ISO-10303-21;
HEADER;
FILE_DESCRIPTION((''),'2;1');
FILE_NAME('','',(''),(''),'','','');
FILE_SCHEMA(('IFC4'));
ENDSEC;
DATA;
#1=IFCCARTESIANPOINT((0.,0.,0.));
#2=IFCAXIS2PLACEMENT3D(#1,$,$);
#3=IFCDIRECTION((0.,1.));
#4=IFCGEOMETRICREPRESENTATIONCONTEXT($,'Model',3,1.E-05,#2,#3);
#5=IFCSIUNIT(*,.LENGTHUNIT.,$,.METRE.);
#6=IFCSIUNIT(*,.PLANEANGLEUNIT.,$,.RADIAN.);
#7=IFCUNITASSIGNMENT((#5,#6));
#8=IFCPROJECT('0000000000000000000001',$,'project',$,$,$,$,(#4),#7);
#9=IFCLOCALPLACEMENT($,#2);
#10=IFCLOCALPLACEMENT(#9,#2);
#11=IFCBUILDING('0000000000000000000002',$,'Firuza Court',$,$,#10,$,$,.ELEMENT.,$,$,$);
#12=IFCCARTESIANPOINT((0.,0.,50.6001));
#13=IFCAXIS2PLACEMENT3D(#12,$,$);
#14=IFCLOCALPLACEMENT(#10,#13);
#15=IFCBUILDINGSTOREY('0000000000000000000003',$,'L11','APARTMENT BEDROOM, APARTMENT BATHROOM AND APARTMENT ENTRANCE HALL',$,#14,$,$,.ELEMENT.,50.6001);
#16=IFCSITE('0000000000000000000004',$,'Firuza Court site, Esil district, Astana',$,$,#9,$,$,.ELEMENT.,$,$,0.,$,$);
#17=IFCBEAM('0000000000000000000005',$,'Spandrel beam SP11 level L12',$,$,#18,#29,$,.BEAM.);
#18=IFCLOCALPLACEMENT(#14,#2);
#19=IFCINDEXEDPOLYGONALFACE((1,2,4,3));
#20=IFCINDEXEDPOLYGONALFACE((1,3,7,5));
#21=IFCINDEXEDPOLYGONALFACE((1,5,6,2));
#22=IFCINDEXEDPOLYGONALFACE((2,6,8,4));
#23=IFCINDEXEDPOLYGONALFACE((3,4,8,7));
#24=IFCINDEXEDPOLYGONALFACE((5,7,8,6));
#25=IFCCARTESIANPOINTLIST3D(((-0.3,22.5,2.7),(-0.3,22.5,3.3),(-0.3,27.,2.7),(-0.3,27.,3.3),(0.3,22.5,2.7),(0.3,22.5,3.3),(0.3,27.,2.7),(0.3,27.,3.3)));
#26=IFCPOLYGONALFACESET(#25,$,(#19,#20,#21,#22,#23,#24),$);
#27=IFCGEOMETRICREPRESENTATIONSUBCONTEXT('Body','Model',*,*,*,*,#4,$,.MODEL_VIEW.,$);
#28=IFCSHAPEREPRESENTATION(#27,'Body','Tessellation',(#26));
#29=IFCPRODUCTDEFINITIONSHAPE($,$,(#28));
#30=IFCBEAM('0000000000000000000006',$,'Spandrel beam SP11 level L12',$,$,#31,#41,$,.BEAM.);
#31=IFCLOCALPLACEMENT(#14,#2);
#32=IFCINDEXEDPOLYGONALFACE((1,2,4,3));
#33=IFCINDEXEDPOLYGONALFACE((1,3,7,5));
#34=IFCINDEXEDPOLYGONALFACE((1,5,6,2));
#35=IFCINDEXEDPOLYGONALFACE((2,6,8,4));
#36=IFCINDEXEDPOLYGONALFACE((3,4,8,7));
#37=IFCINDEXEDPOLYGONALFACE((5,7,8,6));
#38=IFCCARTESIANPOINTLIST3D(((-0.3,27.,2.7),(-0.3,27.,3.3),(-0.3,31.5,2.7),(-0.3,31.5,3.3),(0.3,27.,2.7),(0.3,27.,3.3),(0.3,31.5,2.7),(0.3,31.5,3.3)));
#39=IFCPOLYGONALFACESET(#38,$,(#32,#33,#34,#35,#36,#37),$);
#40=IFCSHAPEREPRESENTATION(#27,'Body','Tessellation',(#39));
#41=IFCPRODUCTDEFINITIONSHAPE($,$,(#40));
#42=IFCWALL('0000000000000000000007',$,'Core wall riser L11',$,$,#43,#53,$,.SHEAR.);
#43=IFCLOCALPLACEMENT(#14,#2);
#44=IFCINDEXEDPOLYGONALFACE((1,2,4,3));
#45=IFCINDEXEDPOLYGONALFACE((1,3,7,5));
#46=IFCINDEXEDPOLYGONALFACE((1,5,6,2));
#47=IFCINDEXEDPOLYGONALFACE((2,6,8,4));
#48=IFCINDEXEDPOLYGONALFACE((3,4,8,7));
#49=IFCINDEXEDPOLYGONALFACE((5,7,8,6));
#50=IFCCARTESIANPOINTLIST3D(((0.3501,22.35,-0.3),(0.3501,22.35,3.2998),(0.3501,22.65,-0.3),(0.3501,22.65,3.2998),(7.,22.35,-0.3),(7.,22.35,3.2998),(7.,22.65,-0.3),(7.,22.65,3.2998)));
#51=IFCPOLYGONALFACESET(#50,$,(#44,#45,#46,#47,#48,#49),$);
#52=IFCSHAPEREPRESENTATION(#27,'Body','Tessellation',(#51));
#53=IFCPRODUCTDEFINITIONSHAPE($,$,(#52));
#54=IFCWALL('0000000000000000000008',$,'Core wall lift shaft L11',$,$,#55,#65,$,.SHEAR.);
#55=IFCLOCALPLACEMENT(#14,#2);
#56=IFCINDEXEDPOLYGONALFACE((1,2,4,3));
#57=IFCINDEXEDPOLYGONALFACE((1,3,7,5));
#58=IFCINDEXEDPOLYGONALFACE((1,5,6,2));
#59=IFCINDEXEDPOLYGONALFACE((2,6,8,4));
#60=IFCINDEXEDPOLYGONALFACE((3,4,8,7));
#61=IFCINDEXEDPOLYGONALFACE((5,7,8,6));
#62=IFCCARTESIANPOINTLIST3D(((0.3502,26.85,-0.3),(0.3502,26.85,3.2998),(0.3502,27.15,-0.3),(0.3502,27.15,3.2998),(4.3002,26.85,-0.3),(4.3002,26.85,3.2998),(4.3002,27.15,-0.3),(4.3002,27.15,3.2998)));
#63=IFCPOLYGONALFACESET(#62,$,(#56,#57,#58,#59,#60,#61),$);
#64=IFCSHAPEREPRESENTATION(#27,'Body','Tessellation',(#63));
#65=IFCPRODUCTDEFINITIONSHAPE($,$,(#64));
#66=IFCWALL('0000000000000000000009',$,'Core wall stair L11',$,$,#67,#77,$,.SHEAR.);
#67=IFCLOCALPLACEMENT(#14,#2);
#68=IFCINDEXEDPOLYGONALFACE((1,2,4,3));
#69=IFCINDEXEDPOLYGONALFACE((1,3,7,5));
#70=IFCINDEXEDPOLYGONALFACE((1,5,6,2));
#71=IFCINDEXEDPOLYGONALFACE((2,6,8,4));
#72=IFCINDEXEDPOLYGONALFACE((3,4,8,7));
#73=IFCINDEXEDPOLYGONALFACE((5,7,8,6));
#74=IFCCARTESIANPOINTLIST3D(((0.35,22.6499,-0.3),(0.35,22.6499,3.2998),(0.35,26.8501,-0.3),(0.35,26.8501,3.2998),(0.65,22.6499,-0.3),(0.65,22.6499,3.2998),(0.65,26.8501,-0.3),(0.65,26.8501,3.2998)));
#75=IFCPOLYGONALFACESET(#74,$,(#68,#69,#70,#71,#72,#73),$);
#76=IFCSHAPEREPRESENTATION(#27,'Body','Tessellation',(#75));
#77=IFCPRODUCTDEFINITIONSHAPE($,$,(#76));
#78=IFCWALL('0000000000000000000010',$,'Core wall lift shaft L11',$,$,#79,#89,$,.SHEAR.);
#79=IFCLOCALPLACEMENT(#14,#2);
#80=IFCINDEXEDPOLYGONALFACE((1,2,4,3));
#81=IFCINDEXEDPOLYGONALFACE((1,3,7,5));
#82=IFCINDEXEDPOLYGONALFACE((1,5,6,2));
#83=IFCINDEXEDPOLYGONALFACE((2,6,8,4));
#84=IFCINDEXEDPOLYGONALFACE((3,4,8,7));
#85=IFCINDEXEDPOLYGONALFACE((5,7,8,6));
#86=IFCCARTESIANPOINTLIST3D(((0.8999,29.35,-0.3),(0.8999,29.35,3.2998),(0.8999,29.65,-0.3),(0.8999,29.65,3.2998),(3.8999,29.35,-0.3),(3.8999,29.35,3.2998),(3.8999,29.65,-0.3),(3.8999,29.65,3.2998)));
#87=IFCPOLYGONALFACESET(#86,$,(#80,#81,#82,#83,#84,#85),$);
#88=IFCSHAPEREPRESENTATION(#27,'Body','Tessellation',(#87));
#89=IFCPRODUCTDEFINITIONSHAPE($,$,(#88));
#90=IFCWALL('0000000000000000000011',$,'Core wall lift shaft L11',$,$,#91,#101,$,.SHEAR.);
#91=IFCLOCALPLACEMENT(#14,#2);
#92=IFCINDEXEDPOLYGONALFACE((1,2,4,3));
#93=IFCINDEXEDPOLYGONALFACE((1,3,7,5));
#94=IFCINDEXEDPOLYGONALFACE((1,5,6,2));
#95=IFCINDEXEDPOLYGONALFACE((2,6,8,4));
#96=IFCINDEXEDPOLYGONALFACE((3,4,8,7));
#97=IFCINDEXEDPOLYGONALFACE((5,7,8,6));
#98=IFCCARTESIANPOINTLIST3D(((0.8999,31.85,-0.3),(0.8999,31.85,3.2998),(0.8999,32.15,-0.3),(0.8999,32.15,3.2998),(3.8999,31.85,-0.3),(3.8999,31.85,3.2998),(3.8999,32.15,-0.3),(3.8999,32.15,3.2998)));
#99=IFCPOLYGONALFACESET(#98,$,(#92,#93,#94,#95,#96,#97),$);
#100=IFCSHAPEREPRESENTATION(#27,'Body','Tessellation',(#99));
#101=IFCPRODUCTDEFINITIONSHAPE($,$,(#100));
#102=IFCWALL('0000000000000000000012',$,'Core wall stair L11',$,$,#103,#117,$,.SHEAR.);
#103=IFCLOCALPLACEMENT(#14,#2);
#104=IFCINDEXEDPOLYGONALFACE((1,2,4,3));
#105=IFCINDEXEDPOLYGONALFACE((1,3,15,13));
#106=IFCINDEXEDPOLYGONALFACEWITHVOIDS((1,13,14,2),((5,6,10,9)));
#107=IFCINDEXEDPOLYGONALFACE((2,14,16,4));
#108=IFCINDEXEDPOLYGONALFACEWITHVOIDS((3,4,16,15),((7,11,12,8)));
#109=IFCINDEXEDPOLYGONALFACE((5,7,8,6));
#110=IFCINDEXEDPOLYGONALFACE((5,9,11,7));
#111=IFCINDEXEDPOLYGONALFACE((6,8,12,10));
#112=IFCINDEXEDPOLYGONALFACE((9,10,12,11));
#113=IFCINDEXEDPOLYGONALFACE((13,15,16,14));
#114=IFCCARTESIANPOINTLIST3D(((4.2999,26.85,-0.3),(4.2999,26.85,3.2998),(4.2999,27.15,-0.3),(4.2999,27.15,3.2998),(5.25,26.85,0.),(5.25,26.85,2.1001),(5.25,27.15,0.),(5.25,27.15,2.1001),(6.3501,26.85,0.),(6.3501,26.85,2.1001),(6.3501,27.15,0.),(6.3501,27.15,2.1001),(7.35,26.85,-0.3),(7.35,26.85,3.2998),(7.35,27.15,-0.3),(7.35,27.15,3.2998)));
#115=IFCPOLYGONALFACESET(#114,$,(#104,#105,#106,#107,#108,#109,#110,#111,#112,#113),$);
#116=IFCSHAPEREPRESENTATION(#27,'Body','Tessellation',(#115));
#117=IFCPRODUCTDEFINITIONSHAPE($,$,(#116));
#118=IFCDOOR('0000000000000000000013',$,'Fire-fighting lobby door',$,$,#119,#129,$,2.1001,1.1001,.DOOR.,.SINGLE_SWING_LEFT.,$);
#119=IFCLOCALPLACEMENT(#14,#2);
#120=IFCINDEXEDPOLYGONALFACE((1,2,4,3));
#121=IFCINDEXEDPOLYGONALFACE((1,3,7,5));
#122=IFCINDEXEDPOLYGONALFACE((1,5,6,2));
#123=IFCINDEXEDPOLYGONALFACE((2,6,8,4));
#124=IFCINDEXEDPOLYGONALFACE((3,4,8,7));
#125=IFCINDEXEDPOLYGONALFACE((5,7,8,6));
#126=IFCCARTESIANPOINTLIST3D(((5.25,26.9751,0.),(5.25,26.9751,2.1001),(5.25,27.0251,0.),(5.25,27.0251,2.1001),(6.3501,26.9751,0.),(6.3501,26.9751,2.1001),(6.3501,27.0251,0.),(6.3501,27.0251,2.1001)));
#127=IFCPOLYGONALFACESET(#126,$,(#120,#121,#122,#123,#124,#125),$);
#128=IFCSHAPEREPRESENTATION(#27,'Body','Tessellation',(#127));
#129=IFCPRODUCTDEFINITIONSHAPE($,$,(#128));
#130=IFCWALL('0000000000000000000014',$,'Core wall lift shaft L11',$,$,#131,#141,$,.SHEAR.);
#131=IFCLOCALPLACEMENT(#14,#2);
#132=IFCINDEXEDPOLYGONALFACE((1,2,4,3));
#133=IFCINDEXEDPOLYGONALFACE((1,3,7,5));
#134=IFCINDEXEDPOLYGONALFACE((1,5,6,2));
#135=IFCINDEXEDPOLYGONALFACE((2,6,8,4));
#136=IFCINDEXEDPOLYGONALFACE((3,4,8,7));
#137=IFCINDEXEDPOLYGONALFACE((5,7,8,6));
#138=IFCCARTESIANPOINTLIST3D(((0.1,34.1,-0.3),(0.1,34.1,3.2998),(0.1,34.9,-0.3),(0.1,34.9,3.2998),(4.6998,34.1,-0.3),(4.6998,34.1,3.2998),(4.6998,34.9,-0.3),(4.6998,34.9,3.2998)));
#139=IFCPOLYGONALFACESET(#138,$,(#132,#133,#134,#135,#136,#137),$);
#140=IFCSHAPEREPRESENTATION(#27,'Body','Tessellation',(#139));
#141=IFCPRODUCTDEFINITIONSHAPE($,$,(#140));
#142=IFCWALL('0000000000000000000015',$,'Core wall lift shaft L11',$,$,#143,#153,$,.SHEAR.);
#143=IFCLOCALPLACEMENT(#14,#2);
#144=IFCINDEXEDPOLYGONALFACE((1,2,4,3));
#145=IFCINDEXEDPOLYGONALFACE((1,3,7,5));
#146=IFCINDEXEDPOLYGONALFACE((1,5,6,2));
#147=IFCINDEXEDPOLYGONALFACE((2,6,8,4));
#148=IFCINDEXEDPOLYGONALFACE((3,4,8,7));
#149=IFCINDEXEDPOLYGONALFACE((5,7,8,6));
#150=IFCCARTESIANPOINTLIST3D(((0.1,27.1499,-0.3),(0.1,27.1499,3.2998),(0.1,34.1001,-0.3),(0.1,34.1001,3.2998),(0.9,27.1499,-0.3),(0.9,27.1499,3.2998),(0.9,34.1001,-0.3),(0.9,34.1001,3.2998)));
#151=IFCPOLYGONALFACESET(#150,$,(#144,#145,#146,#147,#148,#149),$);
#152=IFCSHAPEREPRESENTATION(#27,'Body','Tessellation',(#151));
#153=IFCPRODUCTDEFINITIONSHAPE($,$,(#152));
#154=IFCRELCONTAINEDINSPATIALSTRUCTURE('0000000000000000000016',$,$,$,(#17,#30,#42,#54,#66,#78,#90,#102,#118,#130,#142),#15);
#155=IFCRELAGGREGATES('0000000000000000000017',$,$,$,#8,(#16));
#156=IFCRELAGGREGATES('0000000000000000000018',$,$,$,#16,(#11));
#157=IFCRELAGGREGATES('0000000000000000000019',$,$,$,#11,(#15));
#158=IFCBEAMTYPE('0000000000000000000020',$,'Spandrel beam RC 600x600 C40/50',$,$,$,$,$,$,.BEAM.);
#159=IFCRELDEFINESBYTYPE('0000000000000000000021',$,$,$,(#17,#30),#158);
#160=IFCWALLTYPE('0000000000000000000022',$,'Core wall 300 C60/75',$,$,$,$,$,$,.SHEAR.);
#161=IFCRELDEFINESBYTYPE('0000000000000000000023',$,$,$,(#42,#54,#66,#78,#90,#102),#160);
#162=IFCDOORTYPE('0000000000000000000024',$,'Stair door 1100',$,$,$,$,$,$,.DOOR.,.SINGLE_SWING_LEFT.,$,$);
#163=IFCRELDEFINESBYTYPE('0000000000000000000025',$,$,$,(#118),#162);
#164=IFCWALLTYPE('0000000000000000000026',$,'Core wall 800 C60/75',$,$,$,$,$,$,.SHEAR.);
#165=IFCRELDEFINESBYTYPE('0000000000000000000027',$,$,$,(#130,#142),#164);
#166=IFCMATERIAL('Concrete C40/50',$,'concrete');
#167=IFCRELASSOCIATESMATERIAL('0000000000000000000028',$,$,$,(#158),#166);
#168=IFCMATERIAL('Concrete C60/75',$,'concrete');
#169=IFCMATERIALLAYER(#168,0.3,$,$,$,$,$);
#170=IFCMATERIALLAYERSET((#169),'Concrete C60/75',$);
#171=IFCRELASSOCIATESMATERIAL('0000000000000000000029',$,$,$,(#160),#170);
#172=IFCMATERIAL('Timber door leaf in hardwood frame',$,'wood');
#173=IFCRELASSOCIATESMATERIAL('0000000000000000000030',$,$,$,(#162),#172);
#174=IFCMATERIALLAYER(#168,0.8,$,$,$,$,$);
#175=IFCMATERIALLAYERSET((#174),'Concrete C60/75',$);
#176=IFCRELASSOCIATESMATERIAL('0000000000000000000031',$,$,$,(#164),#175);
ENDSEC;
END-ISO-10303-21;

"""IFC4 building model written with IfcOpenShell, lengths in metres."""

from ifc_helpers import new_model, si_unit, direction, frame, frame_2d, origin, origin_2d, place, context, subcontext, project, spatial, rectangle, extrude, material, layer, layer_set, material_profile, profile_set, type_object, element, fill, save


model = new_model("IFC4")

# Units and contexts
model_context = context("Model", 3, precision=1e-05, world=origin(), true_north=direction((0.0, 1.0)))
body_context = subcontext(model_context, "Body", "Model", "MODEL_VIEW")
ifc_project = project(units=[si_unit("LENGTHUNIT", "METRE"), si_unit("PLANEANGLEUNIT", "RADIAN")], contexts=[model_context])

# Site, building, storey
site_placement = place(None, origin())
site = spatial("IfcSite", under=ifc_project, at=site_placement, Name="Firuza Court site, Esil district, Astana", CompositionType="ELEMENT", RefElevation=0.0)
building_placement = place(site_placement, origin())
building = spatial("IfcBuilding", under=site, at=building_placement, Name="Firuza Court", CompositionType="ELEMENT")
storey_placement = place(building_placement, frame((0.0, 0.0, 50.6001)))
storey = spatial("IfcBuildingStorey", under=building, at=storey_placement, Name="L11", Description="APARTMENT BEDROOM, APARTMENT BATHROOM AND APARTMENT ENTRANCE HALL", CompositionType="ELEMENT", Elevation=50.6001)

# Beams
ifc_material_1 = material(Name="Concrete C40/50", Category="concrete")
ifc_material_profile_1 = material_profile(ifc_material_1, rectangle(XDim=0.6001, YDim=0.6001, at=origin_2d()), Name="RC 600x600")
ifc_profile_set_1 = profile_set([ifc_material_profile_1], Name="Concrete C40/50")
beam_type = type_object("IfcBeamType", Name="Spandrel beam RC 600x600 C40/50", PredefinedType="BEAM", material=ifc_profile_set_1)
for number, where, z_axis, x_axis, name in (
    (1, (0.0, 27.0, 3.0), (0.0, -1.0, 0.0), (1.0, 0.0, 0.0), "Spandrel beam SP11 level L12"),
    (2, (0.0, 31.5, 3.0), (0.0, -1.0, 0.0), (1.0, 0.0, 0.0), "Spandrel beam SP11 level L12"),
):
    element("IfcBeam", number, at=place(storey_placement, frame(where, z_axis=z_axis, x_axis=x_axis)), inside=storey, type_object=beam_type, Name=name, PredefinedType="BEAM", context=body_context, shape_type="SweptSolid", body=[
        extrude(rectangle(XDim=0.6001, YDim=0.6001, at=origin_2d()), origin(), (0.0, 0.0, 1.0), 4.5),
    ])

# Walls
ifc_material_2 = material(Name="Concrete C60/75", Category="concrete")
ifc_layer_1 = layer(ifc_material_2, 0.3)
ifc_layer_set_1 = layer_set([ifc_layer_1], Name="Concrete C60/75")
wall_type_1 = type_object("IfcWallType", Name="Core wall 300 C60/75", PredefinedType="SHEAR", material=ifc_layer_set_1)
wall_1_placement = place(storey_placement, frame((0.3501, 22.5, -0.3), z_axis=(0.0, 0.0, 1.0), x_axis=(1.0, 0.0, 0.0)))
element("IfcWall", 3, at=wall_1_placement, inside=storey, type_object=wall_type_1, Name="Core wall riser L11", PredefinedType="SHEAR", context=body_context, shape_type="SweptSolid", body=[
    extrude(rectangle(XDim=6.6499, YDim=0.3, at=frame_2d((3.325, 0.0))), origin(), (0.0, 0.0, 1.0), 3.5999),
])
wall_2_placement = place(storey_placement, frame((0.3501, 27.0, -0.3), z_axis=(0.0, 0.0, 1.0), x_axis=(1.0, 0.0, 0.0)))
element("IfcWall", 4, at=wall_2_placement, inside=storey, type_object=wall_type_1, Name="Core wall lift shaft L11", PredefinedType="SHEAR", context=body_context, shape_type="SweptSolid", body=[
    extrude(rectangle(XDim=3.95, YDim=0.3, at=frame_2d((1.9751, 0.0))), origin(), (0.0, 0.0, 1.0), 3.5999),
])
wall_3_placement = place(storey_placement, frame((0.5, 22.6499, -0.3), z_axis=(0.0, 0.0, 1.0), x_axis=(0.0, 1.0, 0.0)))
element("IfcWall", 5, at=wall_3_placement, inside=storey, type_object=wall_type_1, Name="Core wall stair L11", PredefinedType="SHEAR", context=body_context, shape_type="SweptSolid", body=[
    extrude(rectangle(XDim=4.2002, YDim=0.3, at=frame_2d((2.1001, 0.0))), origin(), (0.0, 0.0, 1.0), 3.5999),
])
for number, where, z_axis, x_axis, name in (
    (6, (0.8999, 29.5, -0.3), (0.0, 0.0, 1.0), (1.0, 0.0, 0.0), "Core wall lift shaft L11"),
    (7, (0.8999, 32.0, -0.3), (0.0, 0.0, 1.0), (1.0, 0.0, 0.0), "Core wall lift shaft L11"),
):
    element("IfcWall", number, at=place(storey_placement, frame(where, z_axis=z_axis, x_axis=x_axis)), inside=storey, type_object=wall_type_1, Name=name, PredefinedType="SHEAR", context=body_context, shape_type="SweptSolid", body=[
        extrude(rectangle(XDim=3.0, YDim=0.3, at=frame_2d((1.5, 0.0))), origin(), (0.0, 0.0, 1.0), 3.5999),
    ])

# Wall, opening, door
wall_4_placement = place(storey_placement, frame((4.3, 27.0, -0.3), z_axis=(0.0, 0.0, 1.0), x_axis=(1.0, 0.0, 0.0)))
wall_4 = element("IfcWall", 8, at=wall_4_placement, inside=storey, type_object=wall_type_1, Name="Core wall stair L11", PredefinedType="SHEAR", context=body_context, shape_type="SweptSolid", body=[
    extrude(rectangle(XDim=3.05, YDim=0.3, at=frame_2d((1.5249, 0.0))), origin(), (0.0, 0.0, 1.0), 3.5999),
])
opening_1_placement = place(wall_4_placement, frame((0.95, 0.0, 0.3)))
opening_1 = element("IfcOpeningElement", 9, at=opening_1_placement, cuts=wall_4, PredefinedType="OPENING", context=body_context, shape_type="SweptSolid", body=[
    extrude(rectangle(XDim=1.1001, YDim=2.1001, at=frame_2d((0.55, 1.05))), frame((0.0, 0.1621, 0.0), z_axis=(0.0, -1.0, 0.0), x_axis=(1.0, 0.0, 0.0)), (0.0, 0.0, 1.0), 0.324),
])
ifc_material_3 = material(Name="Timber door leaf in hardwood frame", Category="wood")
door_type_1 = type_object("IfcDoorType", Name="Stair door 1100", OperationType="SINGLE_SWING_LEFT", PredefinedType="DOOR", material=ifc_material_3)
door_1_placement = place(opening_1_placement, frame((1.1001, 0.0, 0.0), z_axis=(0.0, 0.0, 1.0), x_axis=(-1.0, 0.0, 0.0)))
door_1 = element("IfcDoor", 10, at=door_1_placement, inside=storey, type_object=door_type_1, Name="Fire-fighting lobby door", OperationType="SINGLE_SWING_LEFT", OverallHeight=2.1001, OverallWidth=1.1001, PredefinedType="DOOR", context=body_context, shape_type="SweptSolid", body=[
    extrude(rectangle(XDim=1.1001, YDim=2.1001, at=frame_2d((0.55, 1.05))), frame((0.0, 0.0249, 0.0), z_axis=(0.0, -1.0, 0.0), x_axis=(1.0, 0.0, 0.0)), (0.0, 0.0, 1.0), 0.05),
])
fill(opening_1, door_1)

# Walls
ifc_layer_2 = layer(ifc_material_2, 0.8)
ifc_layer_set_2 = layer_set([ifc_layer_2], Name="Concrete C60/75")
wall_type_2 = type_object("IfcWallType", Name="Core wall 800 C60/75", PredefinedType="SHEAR", material=ifc_layer_set_2)
wall_5_placement = place(storey_placement, frame((0.1001, 34.5, -0.3), z_axis=(0.0, 0.0, 1.0), x_axis=(1.0, 0.0, 0.0)))
element("IfcWall", 11, at=wall_5_placement, inside=storey, type_object=wall_type_2, Name="Core wall lift shaft L11", PredefinedType="SHEAR", context=body_context, shape_type="SweptSolid", body=[
    extrude(rectangle(XDim=4.5999, YDim=0.8, at=frame_2d((2.2998, 0.0))), origin(), (0.0, 0.0, 1.0), 3.5999),
])
wall_6_placement = place(storey_placement, frame((0.5, 27.1499, -0.3), z_axis=(0.0, 0.0, 1.0), x_axis=(0.0, 1.0, 0.0)))
element("IfcWall", 12, at=wall_6_placement, inside=storey, type_object=wall_type_2, Name="Core wall lift shaft L11", PredefinedType="SHEAR", context=body_context, shape_type="SweptSolid", body=[
    extrude(rectangle(XDim=6.9502, YDim=0.8, at=frame_2d((3.4751, 0.0))), origin(), (0.0, 0.0, 1.0), 3.5999),
])

save(model, "model.ifc")
